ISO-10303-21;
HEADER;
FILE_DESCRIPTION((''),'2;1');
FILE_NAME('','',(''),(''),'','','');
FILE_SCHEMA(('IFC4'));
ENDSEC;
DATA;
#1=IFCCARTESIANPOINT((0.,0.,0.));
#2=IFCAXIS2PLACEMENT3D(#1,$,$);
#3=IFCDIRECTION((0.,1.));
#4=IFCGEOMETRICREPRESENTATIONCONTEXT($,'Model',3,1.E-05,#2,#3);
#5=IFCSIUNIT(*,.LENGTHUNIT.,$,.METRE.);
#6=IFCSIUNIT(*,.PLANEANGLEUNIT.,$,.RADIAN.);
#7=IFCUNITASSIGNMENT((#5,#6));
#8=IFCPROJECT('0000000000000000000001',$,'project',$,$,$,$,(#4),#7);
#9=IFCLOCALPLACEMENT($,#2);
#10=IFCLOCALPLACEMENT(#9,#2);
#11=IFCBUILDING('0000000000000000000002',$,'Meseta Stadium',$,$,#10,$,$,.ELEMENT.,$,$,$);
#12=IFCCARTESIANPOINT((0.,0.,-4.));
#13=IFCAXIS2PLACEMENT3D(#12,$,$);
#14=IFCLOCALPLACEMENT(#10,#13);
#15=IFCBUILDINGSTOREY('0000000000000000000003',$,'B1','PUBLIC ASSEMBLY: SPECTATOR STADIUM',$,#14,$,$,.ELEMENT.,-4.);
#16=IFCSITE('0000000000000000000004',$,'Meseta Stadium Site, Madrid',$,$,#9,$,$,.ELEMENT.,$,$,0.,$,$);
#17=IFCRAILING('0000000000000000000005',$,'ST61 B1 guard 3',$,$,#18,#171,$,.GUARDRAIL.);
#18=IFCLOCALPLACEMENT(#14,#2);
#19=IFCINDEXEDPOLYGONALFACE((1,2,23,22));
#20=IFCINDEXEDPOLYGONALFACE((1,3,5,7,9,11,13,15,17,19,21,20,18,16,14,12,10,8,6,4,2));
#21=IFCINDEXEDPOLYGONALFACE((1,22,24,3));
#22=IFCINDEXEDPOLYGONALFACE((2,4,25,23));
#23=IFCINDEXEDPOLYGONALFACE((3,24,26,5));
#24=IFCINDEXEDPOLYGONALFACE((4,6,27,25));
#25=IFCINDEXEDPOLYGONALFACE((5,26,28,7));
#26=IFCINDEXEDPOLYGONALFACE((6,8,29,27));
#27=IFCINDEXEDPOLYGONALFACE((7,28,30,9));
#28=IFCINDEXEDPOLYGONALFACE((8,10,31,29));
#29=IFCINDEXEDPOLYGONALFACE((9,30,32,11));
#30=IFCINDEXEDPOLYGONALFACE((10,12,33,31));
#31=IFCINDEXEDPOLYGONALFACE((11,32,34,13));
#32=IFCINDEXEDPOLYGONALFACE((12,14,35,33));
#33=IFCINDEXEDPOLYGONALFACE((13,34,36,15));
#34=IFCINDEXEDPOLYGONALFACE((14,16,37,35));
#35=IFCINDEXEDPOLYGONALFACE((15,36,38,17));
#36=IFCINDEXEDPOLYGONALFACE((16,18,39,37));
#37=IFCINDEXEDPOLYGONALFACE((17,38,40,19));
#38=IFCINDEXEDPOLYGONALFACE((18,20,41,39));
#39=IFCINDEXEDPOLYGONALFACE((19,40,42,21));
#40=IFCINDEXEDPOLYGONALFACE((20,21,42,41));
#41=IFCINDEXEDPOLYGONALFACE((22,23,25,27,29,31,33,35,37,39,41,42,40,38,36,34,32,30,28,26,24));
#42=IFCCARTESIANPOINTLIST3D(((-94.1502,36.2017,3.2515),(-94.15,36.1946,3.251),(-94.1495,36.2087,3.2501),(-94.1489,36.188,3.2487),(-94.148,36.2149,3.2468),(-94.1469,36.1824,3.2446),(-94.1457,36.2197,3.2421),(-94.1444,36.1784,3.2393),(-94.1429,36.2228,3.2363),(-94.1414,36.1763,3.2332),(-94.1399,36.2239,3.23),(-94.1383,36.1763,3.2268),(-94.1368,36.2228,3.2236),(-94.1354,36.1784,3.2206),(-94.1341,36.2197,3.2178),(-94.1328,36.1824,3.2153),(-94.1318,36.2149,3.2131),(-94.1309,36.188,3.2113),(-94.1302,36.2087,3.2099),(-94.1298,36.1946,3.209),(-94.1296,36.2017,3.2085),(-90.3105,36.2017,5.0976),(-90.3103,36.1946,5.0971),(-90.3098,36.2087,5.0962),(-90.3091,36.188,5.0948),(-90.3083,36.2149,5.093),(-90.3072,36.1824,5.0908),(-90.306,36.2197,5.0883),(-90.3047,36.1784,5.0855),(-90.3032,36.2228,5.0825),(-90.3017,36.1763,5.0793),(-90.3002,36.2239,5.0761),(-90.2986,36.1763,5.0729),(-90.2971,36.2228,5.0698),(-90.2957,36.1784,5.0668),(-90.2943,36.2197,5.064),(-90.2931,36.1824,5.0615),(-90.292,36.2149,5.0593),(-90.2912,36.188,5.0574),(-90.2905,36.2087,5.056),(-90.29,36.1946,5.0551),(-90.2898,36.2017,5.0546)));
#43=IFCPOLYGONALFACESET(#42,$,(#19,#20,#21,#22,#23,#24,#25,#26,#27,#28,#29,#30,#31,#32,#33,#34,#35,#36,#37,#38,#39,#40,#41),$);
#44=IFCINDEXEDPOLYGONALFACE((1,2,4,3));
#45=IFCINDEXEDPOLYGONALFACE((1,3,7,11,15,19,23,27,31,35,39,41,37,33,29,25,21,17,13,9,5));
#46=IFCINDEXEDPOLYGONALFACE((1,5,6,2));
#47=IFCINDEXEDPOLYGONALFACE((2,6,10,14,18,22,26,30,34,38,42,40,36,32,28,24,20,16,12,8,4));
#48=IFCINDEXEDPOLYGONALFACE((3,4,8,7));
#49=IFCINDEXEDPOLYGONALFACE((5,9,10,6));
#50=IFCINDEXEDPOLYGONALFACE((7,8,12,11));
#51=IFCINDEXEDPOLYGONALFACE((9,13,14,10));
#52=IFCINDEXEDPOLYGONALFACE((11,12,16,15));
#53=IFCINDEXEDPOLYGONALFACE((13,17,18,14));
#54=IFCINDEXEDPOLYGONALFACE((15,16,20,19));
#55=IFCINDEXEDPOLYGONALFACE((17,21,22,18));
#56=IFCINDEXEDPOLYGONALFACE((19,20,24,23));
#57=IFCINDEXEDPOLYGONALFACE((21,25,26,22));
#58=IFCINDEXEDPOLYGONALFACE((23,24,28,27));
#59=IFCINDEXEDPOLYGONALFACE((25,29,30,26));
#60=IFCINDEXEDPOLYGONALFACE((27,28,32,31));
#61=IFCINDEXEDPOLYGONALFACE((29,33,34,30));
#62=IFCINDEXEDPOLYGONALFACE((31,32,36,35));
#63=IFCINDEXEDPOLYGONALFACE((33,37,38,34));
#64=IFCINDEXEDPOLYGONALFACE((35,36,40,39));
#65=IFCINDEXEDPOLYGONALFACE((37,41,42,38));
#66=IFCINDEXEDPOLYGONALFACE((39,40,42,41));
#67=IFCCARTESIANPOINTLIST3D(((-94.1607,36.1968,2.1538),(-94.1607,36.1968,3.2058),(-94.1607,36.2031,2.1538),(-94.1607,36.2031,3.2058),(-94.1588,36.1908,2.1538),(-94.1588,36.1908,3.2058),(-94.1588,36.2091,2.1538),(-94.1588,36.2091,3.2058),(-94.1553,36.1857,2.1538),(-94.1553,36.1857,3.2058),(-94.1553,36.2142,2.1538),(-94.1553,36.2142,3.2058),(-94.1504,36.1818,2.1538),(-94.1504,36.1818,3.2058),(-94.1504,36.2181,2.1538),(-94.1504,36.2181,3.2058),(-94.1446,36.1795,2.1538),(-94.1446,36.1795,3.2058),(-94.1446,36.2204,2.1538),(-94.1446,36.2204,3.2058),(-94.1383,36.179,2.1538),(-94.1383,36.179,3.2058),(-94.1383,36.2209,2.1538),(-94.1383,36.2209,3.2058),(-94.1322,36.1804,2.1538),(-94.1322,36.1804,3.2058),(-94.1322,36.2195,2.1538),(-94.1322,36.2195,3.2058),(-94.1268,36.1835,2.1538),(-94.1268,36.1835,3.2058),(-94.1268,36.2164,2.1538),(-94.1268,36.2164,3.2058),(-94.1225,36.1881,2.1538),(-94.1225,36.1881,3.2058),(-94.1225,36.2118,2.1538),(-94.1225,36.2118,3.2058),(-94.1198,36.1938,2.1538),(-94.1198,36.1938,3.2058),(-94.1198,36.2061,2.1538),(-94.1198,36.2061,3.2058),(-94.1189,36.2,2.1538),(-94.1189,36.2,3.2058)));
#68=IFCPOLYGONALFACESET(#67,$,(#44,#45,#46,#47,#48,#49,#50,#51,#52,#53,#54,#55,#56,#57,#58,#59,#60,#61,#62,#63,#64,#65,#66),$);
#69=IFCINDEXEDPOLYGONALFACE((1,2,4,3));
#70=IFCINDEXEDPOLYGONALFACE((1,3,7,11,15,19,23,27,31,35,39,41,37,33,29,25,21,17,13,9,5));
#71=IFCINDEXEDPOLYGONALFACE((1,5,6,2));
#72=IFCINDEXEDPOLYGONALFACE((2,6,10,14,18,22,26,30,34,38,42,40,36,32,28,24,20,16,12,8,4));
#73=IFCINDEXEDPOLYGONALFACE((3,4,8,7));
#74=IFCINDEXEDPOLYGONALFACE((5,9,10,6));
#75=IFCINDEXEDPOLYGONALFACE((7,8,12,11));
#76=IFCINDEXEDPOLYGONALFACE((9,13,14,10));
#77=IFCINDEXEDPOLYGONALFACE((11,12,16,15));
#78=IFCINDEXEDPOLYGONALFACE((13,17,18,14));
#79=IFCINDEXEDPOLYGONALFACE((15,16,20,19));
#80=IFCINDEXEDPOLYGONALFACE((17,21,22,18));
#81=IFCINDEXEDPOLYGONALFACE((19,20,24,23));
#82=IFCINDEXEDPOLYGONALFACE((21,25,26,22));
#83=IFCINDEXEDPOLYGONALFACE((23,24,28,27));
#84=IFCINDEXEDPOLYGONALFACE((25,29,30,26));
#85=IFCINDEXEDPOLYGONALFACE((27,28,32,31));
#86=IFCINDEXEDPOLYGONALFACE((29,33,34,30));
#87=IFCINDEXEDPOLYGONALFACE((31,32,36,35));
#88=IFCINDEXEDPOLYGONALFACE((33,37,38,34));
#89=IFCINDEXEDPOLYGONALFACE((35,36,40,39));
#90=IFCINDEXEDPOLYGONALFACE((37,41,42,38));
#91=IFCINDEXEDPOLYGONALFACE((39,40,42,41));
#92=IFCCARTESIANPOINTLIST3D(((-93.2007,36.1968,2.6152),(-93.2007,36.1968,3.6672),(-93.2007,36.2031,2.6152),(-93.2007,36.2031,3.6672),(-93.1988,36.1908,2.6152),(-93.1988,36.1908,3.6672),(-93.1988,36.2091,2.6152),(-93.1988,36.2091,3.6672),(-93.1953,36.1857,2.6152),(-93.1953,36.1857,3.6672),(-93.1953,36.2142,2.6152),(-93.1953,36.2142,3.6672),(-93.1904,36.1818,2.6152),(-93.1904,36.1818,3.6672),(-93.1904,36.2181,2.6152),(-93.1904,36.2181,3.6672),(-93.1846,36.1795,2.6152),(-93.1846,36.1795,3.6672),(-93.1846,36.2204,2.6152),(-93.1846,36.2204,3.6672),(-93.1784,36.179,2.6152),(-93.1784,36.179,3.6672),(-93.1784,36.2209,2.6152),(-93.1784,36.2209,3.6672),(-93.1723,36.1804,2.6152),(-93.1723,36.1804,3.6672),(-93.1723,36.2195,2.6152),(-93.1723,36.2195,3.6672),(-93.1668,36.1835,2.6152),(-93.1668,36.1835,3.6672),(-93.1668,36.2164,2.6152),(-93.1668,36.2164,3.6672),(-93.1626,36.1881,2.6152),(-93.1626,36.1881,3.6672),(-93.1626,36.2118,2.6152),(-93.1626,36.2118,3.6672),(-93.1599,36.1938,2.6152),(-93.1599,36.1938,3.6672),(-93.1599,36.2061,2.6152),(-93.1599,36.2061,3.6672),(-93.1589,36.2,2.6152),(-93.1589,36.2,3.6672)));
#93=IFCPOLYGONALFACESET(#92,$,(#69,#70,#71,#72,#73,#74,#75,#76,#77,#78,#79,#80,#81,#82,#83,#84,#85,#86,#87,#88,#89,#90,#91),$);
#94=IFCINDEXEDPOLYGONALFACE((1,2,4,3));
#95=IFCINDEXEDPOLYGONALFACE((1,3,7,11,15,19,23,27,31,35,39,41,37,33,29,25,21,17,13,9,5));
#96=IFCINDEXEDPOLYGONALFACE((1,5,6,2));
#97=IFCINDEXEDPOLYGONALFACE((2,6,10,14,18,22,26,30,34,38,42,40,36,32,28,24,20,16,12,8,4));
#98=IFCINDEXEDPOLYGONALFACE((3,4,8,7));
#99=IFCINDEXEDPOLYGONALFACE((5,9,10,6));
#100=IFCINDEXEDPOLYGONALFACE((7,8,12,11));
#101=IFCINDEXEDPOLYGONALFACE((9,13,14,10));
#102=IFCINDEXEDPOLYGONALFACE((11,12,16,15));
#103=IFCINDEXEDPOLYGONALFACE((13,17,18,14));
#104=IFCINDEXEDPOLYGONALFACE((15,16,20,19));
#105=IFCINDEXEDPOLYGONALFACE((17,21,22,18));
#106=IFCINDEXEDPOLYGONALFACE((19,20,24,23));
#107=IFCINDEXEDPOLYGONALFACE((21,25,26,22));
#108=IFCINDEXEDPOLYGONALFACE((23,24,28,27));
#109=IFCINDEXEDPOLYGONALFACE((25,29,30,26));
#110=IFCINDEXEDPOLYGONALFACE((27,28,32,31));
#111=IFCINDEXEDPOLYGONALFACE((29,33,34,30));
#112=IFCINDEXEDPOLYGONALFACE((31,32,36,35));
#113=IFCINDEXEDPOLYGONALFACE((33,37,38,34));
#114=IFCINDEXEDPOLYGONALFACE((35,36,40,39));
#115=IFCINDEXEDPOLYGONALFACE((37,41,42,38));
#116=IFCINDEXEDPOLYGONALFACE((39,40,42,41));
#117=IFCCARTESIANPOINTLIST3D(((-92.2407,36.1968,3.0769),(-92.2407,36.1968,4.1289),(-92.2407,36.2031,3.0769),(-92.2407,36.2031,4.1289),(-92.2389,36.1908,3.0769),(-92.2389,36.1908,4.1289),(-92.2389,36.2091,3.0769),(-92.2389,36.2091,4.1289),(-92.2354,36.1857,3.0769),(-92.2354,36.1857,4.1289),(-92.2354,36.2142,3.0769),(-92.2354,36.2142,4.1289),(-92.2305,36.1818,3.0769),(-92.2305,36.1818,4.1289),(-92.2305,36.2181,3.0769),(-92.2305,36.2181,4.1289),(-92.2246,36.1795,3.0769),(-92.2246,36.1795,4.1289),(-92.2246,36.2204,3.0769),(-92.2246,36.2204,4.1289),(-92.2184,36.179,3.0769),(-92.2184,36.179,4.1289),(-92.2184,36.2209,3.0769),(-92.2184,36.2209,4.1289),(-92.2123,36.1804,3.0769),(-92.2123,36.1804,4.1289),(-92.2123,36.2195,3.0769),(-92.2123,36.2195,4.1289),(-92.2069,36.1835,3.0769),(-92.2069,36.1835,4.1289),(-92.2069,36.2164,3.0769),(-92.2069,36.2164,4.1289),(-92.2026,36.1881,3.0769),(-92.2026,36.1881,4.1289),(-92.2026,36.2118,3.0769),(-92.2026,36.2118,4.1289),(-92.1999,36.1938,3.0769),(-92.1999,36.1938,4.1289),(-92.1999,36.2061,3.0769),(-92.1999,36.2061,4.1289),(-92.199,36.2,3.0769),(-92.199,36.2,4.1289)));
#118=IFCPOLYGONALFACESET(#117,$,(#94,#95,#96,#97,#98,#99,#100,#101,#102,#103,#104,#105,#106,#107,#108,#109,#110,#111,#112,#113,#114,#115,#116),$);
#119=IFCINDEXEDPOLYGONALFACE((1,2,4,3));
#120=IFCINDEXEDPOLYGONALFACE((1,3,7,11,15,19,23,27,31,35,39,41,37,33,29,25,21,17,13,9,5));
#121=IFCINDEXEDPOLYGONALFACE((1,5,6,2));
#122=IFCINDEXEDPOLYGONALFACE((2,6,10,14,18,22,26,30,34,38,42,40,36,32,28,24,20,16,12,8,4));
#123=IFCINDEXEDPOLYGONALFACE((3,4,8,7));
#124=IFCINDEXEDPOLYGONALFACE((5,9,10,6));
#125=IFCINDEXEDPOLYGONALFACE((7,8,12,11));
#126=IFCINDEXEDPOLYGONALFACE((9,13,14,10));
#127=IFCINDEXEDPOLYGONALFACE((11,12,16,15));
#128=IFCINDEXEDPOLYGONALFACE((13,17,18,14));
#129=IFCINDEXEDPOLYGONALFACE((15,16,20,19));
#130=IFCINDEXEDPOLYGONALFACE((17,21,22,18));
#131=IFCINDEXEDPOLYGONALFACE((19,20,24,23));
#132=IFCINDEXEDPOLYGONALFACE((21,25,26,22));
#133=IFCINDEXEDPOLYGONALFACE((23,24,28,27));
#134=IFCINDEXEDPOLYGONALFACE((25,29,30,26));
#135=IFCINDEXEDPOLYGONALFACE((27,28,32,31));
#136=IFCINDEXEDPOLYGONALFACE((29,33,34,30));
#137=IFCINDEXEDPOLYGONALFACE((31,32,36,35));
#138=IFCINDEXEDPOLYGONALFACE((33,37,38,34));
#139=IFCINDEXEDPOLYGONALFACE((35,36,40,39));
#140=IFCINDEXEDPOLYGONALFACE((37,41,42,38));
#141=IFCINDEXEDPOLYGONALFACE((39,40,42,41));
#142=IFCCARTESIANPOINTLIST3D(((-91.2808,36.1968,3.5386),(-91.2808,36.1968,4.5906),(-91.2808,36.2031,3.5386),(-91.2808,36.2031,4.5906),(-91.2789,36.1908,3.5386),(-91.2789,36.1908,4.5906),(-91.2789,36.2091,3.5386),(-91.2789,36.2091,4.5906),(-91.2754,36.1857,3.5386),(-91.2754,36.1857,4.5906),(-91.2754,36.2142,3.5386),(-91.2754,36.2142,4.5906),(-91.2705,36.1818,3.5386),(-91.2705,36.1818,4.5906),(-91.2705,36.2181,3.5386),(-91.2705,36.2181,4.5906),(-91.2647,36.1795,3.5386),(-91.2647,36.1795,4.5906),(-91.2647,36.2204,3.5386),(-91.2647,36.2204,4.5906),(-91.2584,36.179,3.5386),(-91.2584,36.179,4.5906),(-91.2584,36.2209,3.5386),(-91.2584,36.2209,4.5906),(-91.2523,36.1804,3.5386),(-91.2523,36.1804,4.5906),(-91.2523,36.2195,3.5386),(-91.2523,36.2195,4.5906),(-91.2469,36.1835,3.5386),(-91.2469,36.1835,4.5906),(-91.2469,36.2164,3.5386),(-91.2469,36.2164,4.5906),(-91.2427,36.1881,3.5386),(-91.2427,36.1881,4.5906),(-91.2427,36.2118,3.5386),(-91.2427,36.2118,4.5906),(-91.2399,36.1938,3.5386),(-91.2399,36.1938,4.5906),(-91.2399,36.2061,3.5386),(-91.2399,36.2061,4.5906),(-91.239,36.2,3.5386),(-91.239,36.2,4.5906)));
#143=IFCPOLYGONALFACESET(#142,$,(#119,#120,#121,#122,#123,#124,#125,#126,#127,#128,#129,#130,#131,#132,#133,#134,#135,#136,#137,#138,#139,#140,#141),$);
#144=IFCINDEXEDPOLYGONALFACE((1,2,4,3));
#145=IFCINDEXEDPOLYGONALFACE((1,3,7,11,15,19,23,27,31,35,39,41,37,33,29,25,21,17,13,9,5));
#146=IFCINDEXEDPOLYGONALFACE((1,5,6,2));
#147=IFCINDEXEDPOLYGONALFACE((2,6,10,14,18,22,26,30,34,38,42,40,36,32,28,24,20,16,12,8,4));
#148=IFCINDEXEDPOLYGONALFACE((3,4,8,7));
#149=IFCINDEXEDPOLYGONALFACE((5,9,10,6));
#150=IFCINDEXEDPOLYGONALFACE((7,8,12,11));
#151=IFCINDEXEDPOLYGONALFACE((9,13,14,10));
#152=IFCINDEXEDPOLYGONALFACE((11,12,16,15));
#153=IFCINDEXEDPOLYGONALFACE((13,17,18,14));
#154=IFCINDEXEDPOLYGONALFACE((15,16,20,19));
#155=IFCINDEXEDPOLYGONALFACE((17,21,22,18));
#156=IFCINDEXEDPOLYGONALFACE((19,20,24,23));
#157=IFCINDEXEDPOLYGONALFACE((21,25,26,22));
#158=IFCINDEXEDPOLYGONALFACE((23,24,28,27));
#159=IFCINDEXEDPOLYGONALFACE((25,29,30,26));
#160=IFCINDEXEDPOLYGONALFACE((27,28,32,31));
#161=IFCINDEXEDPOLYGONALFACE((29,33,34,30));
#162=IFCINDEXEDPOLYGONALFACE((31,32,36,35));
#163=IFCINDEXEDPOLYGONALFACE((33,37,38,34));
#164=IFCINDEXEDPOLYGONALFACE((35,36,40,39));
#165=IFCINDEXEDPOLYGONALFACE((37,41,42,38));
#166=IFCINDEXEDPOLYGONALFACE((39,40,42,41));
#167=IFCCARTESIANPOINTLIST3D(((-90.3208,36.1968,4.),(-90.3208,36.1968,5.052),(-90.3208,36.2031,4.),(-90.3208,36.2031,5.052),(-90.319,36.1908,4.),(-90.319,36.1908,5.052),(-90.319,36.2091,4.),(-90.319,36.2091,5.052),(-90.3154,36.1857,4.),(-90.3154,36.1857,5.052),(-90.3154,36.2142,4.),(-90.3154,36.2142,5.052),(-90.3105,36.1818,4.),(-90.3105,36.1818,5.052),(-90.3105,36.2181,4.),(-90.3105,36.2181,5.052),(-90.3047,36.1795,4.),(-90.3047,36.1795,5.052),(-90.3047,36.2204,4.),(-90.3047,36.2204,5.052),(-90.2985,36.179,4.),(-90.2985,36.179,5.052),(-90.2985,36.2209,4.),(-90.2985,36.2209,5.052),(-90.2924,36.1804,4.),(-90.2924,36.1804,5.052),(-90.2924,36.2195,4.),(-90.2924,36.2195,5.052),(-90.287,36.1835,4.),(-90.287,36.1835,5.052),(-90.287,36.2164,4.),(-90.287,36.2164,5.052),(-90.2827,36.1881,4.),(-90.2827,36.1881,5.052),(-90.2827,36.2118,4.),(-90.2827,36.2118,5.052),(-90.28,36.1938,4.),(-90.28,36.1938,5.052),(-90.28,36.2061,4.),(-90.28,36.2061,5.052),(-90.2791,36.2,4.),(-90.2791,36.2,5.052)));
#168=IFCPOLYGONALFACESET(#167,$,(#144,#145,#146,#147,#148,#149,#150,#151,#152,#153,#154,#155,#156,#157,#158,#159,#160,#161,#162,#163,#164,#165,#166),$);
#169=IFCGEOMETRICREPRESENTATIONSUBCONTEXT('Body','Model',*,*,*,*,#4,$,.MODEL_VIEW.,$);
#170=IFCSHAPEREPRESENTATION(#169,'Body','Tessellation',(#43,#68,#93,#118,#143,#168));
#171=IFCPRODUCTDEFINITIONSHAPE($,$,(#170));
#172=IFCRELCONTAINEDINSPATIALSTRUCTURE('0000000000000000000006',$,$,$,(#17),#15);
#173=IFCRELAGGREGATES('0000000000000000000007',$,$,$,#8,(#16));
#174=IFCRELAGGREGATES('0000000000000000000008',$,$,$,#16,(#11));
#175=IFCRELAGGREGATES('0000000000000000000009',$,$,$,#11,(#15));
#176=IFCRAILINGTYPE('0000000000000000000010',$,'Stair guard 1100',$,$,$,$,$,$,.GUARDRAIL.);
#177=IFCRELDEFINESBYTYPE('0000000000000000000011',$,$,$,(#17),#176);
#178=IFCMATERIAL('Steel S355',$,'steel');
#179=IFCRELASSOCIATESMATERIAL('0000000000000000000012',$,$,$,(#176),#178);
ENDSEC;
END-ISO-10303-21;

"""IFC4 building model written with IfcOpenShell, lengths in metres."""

from ifc_helpers import new_model, si_unit, direction, frame, origin, origin_2d, place, context, subcontext, project, spatial, circle, extrude, material, type_object, element, save


model = new_model("IFC4")

# Units and contexts
model_context = context("Model", 3, precision=1e-05, world=origin(), true_north=direction((0.0, 1.0)))
body_context = subcontext(model_context, "Body", "Model", "MODEL_VIEW")
ifc_project = project(units=[si_unit("LENGTHUNIT", "METRE"), si_unit("PLANEANGLEUNIT", "RADIAN")], contexts=[model_context])

# Site, building, storey
site_placement = place(None, origin())
site = spatial("IfcSite", under=ifc_project, at=site_placement, Name="Meseta Stadium Site, Madrid", CompositionType="ELEMENT", RefElevation=0.0)
building_placement = place(site_placement, origin())
building = spatial("IfcBuilding", under=site, at=building_placement, Name="Meseta Stadium", CompositionType="ELEMENT")
storey_placement = place(building_placement, frame((0.0, 0.0, -4.0)))
storey = spatial("IfcBuildingStorey", under=building, at=storey_placement, Name="B1", Description="PUBLIC ASSEMBLY: SPECTATOR STADIUM", CompositionType="ELEMENT", Elevation=-4.0)

# Railing
ifc_material_1 = material(Name="Steel S355", Category="steel")
railing_type_1 = type_object("IfcRailingType", Name="Stair guard 1100", PredefinedType="GUARDRAIL", material=ifc_material_1)
railing_1_placement = place(storey_placement, frame((-94.1399, 36.2, 2.1538)))
element("IfcRailing", 1, at=railing_1_placement, inside=storey, type_object=railing_type_1, Name="ST61 B1 guard 3", PredefinedType="GUARDRAIL", context=body_context, shape_type="SweptSolid", body=[
    extrude(circle(Radius=0.0239, at=origin_2d()), frame((0.0, 0.0, 1.0762), z_axis=(0.901242, 0.0, 0.433316), x_axis=(0.0, 1.0, 0.0)), (0.0, 0.0, 1.0), 4.2605),
    extrude(circle(Radius=0.021, at=origin_2d()), origin(), (0.0, 0.0, 1.0), 1.052),
    extrude(circle(Radius=0.021, at=origin_2d()), frame((0.96, 0.0, 0.4614)), (0.0, 0.0, 1.0), 1.052),
    extrude(circle(Radius=0.021, at=origin_2d()), frame((1.9199, 0.0, 0.9231)), (0.0, 0.0, 1.0), 1.052),
    extrude(circle(Radius=0.021, at=origin_2d()), frame((2.8799, 0.0, 1.3848)), (0.0, 0.0, 1.0), 1.052),
    extrude(circle(Radius=0.021, at=origin_2d()), frame((3.8398, 0.0, 1.8462)), (0.0, 0.0, 1.0), 1.052),
])

save(model, "model.ifc")
